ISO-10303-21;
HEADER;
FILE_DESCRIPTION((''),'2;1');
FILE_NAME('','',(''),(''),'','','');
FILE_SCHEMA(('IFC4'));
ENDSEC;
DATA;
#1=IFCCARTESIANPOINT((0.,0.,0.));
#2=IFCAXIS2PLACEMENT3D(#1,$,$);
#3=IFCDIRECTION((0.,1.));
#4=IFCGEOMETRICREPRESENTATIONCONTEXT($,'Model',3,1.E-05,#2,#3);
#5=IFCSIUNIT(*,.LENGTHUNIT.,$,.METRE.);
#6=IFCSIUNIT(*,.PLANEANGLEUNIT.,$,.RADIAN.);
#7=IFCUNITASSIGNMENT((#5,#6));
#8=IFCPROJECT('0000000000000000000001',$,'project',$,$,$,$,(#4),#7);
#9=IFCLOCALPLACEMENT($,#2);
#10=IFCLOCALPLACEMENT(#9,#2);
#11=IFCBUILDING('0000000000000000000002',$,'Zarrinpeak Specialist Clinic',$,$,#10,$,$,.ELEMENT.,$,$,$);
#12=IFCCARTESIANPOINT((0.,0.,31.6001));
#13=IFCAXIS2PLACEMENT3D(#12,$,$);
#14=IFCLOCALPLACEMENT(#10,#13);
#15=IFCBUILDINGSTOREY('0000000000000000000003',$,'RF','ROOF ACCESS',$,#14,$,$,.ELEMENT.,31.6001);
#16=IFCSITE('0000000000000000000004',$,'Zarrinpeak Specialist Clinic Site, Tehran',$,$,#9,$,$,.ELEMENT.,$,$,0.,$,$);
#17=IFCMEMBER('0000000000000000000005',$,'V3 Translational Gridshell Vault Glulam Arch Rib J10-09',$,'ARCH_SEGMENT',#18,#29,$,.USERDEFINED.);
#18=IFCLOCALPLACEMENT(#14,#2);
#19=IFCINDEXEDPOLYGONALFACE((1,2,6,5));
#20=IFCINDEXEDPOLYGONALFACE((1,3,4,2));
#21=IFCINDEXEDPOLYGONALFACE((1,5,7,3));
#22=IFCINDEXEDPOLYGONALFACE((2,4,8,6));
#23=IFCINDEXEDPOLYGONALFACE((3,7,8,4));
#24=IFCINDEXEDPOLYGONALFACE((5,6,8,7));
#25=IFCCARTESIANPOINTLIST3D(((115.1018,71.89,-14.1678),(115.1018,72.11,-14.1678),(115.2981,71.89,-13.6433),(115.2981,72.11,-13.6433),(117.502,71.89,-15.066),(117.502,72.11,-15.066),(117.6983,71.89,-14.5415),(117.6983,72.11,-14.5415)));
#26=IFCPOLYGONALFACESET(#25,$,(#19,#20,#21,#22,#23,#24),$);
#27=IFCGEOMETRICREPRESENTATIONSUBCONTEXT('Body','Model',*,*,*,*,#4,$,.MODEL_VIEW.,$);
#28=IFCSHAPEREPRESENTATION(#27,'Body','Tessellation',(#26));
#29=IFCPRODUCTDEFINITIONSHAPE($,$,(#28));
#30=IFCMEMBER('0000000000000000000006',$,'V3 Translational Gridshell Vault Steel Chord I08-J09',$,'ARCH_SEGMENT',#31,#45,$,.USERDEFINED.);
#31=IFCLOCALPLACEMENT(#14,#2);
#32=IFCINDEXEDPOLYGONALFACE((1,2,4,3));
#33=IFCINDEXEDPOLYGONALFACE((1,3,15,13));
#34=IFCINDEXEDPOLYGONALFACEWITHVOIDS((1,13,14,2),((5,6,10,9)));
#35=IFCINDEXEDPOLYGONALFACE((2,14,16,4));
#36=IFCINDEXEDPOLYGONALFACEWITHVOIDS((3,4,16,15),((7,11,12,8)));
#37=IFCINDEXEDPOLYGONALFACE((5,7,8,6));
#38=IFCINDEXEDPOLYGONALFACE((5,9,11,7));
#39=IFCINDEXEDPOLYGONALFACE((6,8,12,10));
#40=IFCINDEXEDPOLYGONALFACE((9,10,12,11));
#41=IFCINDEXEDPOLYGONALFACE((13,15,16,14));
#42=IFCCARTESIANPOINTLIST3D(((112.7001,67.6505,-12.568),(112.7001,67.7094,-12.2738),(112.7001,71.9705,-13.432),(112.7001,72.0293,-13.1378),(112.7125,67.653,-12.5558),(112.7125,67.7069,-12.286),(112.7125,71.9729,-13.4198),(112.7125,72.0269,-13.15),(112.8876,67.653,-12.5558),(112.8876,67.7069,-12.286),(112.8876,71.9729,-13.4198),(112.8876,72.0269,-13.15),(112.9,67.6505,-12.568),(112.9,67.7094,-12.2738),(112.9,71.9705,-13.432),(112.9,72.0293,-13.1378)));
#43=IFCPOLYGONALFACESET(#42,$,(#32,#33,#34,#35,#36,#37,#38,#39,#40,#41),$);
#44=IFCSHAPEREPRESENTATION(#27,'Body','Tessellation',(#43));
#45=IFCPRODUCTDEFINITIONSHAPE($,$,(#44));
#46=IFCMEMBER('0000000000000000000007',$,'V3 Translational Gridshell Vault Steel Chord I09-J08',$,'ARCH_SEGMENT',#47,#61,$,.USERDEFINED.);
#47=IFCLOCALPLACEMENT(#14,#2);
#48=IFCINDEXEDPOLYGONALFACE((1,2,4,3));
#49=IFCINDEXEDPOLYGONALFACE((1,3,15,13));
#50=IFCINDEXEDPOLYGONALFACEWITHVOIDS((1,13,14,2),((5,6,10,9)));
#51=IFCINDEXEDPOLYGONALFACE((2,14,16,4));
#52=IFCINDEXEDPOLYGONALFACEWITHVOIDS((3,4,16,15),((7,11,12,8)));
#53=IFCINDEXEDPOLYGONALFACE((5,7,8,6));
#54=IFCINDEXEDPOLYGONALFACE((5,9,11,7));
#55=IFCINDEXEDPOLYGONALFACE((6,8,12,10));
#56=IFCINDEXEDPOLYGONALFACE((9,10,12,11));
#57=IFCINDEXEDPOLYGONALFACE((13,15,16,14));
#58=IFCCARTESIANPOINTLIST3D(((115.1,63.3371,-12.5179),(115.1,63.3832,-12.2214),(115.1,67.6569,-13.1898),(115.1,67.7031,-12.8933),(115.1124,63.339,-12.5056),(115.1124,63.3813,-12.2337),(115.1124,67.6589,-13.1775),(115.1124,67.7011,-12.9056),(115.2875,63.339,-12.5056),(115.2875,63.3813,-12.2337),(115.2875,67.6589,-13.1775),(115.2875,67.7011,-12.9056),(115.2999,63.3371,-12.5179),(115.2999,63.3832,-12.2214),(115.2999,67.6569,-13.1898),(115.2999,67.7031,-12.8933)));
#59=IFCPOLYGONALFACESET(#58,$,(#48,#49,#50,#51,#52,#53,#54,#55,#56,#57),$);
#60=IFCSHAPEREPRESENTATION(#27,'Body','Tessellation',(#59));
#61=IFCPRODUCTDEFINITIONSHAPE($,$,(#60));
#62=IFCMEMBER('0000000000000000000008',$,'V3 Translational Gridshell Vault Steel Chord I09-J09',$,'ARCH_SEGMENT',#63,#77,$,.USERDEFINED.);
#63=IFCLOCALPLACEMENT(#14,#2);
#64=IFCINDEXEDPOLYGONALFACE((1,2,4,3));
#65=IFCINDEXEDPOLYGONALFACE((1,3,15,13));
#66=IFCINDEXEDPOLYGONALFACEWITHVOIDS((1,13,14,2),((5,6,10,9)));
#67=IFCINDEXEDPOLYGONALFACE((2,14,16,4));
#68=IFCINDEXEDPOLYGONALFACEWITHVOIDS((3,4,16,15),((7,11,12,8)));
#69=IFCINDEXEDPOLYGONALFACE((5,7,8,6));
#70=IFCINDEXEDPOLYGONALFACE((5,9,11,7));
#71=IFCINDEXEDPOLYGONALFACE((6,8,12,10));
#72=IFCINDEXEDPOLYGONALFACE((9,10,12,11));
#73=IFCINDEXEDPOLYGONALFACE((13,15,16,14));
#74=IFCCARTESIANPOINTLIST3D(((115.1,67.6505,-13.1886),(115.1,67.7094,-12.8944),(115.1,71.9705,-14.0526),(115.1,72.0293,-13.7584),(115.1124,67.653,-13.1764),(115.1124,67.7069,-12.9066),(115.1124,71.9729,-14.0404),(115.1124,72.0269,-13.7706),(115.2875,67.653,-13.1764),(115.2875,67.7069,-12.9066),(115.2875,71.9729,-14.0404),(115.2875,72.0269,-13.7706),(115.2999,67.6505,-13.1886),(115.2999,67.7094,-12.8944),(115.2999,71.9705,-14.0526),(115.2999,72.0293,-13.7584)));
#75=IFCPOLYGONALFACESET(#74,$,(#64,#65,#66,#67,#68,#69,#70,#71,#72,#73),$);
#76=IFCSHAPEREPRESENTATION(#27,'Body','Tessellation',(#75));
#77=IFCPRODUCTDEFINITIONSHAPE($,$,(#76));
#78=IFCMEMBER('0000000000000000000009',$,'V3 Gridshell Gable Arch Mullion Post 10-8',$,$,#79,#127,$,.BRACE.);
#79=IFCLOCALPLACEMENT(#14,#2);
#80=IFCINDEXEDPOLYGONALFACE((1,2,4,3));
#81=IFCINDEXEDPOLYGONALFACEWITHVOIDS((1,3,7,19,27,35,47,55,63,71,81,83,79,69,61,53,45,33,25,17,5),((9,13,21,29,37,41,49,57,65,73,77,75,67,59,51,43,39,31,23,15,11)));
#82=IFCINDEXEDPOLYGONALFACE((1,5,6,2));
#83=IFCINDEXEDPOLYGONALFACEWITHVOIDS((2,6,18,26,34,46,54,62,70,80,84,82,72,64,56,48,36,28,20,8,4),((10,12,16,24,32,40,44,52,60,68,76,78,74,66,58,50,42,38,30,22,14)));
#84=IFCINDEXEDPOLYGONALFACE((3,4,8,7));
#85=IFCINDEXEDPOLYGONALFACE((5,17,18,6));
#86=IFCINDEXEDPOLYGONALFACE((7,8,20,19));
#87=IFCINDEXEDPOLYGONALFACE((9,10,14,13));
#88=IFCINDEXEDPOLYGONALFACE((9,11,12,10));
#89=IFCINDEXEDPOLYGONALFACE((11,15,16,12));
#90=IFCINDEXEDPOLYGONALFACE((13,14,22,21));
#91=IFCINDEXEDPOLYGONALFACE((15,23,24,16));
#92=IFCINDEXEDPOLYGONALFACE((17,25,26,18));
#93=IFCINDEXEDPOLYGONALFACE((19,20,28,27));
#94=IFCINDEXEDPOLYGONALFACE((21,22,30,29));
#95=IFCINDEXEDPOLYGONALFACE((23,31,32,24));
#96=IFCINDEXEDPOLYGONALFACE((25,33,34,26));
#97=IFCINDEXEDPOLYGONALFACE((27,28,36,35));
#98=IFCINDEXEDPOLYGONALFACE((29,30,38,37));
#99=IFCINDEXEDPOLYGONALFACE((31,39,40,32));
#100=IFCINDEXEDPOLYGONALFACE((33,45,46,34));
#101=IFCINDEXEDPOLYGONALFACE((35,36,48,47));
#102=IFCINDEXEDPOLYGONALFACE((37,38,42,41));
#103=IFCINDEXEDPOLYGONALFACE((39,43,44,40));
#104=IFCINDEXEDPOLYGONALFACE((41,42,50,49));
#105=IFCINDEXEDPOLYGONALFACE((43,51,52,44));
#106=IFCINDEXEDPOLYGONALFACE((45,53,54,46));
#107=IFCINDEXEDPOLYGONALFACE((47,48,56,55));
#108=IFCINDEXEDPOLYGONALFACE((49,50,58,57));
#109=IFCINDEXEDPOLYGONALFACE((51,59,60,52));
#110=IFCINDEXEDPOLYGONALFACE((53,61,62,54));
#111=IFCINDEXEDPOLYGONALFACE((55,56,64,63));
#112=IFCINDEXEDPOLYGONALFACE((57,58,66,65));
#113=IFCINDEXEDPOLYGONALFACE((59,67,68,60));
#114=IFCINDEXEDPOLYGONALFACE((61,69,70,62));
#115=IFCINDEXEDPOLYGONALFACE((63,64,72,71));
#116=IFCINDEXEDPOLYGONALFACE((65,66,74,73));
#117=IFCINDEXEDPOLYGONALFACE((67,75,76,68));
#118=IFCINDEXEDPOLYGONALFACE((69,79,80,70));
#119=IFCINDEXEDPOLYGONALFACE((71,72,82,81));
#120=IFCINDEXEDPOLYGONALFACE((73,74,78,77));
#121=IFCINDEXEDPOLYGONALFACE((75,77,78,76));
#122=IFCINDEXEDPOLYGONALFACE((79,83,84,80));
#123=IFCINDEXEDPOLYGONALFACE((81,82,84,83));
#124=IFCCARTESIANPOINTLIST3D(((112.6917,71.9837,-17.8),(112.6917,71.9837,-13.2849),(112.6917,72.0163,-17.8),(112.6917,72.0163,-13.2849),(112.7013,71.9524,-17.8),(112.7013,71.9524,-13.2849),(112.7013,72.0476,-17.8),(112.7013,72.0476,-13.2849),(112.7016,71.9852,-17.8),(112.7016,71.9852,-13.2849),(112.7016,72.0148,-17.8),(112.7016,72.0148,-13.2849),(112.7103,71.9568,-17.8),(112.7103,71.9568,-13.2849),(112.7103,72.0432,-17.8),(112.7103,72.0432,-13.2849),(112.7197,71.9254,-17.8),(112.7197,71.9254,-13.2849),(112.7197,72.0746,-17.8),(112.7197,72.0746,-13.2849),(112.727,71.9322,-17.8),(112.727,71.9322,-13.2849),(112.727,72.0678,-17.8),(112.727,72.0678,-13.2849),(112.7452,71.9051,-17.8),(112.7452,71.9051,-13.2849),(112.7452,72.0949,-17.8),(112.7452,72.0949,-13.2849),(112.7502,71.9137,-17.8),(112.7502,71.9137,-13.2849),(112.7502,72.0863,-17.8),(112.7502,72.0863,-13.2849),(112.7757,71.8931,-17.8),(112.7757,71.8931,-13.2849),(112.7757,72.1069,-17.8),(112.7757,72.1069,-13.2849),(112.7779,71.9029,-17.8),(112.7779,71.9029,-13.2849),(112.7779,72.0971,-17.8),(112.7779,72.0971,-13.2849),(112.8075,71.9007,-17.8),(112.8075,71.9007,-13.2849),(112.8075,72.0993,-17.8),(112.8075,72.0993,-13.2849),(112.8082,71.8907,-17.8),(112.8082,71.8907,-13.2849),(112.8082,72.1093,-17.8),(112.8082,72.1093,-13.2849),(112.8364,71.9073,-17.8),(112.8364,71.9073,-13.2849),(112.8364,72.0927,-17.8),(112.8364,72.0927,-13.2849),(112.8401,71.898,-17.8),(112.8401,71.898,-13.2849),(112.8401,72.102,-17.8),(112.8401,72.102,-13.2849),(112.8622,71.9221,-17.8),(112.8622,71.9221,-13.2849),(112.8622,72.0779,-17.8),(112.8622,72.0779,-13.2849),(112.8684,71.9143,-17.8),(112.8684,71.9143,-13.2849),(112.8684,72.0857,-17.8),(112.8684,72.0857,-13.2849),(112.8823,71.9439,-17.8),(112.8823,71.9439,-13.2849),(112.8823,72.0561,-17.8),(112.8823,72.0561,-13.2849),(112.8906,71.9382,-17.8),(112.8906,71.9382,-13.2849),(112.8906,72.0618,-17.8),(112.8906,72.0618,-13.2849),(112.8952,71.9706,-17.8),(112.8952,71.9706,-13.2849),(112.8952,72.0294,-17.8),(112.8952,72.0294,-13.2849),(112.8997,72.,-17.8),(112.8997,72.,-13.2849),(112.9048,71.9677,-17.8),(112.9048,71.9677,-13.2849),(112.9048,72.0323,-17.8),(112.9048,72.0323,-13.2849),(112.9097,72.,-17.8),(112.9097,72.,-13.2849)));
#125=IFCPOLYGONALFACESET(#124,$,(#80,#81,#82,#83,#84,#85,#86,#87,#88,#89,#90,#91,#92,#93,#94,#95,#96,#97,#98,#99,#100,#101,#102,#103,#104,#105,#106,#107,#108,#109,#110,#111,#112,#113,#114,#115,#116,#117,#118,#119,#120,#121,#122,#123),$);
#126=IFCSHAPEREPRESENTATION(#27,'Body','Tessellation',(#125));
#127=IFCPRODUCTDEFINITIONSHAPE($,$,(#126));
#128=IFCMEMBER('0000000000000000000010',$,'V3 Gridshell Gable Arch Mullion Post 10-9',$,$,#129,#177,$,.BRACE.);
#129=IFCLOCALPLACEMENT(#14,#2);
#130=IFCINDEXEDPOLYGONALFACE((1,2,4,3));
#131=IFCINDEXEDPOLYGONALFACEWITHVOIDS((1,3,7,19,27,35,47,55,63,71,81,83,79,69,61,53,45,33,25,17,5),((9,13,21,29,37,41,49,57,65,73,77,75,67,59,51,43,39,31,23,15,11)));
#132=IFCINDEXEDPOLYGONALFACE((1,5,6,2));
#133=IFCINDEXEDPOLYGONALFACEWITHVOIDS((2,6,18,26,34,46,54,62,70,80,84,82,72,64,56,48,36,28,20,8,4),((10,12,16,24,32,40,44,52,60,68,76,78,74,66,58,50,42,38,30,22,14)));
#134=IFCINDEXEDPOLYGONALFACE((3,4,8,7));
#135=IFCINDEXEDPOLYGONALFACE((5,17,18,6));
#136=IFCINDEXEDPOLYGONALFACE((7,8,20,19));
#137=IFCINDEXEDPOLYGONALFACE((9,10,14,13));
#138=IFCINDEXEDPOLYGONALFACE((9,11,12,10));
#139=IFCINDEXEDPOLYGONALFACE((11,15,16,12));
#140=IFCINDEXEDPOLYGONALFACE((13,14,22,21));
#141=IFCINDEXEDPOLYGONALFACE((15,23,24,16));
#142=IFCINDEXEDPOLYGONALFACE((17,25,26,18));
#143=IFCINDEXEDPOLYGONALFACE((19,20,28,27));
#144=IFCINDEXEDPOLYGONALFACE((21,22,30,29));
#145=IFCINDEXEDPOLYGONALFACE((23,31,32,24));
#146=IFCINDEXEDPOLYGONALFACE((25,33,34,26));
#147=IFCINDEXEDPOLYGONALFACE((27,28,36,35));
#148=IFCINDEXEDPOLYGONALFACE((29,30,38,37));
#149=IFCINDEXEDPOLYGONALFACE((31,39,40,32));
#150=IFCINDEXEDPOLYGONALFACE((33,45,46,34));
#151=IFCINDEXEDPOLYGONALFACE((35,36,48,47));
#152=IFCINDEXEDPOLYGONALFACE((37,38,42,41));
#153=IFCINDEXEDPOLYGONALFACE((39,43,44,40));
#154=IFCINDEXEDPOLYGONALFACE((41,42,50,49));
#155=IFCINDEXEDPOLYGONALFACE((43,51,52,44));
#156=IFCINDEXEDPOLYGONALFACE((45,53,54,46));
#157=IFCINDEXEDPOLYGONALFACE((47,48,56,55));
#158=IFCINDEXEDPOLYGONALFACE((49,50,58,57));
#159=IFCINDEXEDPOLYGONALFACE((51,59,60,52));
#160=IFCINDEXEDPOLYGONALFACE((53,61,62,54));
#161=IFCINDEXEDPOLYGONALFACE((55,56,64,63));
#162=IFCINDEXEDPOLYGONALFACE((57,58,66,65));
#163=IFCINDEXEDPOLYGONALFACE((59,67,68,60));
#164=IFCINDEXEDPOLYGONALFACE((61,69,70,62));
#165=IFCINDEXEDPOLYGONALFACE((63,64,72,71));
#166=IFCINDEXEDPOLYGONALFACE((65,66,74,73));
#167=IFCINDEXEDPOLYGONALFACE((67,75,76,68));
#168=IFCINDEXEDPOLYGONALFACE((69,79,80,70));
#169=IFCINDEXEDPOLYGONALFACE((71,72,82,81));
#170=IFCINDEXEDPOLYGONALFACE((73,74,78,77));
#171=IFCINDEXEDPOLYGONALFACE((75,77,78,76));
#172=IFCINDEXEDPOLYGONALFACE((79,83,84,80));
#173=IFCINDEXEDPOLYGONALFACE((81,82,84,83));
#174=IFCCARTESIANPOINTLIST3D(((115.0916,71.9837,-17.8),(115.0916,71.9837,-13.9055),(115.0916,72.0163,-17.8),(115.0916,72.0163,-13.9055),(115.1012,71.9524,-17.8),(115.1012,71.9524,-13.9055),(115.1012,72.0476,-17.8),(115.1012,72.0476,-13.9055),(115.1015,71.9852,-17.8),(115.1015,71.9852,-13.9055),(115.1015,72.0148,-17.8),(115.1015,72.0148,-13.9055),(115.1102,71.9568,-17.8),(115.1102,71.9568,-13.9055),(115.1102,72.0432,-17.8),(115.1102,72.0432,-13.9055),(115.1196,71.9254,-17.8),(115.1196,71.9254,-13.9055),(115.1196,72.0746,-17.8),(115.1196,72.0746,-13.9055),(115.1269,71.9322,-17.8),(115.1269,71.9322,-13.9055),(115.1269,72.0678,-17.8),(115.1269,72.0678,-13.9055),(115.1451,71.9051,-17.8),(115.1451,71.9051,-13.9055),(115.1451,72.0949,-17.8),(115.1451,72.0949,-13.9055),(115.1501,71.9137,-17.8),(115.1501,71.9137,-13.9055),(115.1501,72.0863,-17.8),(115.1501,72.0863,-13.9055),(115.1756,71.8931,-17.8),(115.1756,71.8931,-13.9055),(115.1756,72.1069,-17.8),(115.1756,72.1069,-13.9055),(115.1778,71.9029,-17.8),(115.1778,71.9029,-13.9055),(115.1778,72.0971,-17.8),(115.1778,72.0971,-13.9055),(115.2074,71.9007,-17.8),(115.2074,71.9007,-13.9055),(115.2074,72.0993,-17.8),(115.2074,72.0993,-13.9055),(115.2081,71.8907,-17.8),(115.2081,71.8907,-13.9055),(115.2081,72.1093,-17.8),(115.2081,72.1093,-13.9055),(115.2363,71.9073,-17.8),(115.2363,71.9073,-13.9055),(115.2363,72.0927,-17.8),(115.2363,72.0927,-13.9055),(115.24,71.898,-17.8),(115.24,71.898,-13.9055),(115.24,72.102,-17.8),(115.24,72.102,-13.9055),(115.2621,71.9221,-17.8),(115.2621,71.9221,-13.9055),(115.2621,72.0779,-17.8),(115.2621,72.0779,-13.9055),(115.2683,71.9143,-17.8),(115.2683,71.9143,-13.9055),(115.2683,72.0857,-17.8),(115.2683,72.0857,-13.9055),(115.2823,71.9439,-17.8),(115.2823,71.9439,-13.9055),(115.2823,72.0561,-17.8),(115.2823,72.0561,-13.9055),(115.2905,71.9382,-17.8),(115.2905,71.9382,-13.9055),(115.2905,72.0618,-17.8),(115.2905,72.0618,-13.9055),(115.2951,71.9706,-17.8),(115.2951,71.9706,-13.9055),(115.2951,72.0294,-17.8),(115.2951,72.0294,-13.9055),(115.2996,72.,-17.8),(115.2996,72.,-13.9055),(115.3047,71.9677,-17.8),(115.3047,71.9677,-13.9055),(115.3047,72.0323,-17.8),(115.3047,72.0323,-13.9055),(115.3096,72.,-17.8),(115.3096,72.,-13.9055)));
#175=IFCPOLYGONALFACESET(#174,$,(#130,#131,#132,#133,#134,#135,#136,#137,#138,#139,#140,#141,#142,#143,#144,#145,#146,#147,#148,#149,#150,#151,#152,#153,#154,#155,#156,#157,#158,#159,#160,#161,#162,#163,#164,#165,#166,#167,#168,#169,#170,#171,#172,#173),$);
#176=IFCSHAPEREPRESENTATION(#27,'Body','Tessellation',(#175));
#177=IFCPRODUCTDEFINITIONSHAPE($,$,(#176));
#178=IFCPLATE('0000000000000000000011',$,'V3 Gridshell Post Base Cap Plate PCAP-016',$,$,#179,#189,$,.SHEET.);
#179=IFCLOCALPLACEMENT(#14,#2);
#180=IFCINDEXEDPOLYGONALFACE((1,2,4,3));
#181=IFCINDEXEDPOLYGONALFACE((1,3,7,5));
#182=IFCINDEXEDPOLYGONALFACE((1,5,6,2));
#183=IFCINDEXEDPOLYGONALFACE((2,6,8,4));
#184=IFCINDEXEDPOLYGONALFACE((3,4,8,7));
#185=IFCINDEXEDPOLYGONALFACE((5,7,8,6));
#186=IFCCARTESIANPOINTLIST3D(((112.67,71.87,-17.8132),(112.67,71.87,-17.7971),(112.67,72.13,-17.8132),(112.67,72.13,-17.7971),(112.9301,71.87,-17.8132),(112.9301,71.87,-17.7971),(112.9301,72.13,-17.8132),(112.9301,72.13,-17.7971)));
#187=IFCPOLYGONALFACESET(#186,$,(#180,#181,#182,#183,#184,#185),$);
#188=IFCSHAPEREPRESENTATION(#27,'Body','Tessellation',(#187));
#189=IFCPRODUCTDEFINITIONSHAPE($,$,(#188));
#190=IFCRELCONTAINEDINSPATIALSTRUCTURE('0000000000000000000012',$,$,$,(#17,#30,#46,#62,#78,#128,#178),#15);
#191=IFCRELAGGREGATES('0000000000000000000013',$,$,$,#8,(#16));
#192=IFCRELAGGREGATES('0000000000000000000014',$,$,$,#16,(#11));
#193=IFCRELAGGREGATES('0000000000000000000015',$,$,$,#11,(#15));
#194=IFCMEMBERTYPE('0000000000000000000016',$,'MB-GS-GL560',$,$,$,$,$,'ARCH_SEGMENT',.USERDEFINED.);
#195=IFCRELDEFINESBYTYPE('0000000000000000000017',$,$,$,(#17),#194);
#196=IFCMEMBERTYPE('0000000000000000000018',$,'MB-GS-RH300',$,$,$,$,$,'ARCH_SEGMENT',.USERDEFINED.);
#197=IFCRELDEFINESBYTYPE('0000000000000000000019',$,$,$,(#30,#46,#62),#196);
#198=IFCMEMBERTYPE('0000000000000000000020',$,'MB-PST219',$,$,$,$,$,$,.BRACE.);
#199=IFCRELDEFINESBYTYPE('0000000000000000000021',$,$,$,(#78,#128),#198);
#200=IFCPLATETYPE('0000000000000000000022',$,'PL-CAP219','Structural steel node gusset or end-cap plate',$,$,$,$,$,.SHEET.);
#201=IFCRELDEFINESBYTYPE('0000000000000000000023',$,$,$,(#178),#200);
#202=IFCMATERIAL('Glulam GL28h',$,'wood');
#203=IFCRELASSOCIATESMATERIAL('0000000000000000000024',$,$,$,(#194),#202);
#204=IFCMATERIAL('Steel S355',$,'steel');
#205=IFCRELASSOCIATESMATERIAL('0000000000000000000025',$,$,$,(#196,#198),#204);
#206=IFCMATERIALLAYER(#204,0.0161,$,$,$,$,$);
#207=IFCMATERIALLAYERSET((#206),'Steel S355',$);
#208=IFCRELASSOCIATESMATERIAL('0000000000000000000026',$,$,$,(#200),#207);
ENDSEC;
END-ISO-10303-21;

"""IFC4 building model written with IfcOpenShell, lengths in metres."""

from ifc_helpers import new_model, si_unit, direction, frame, origin, origin_2d, place, context, subcontext, project, spatial, rectangle, hollow_rectangle, hollow_circle, extrude, material, layer, layer_set, material_profile, profile_set, type_object, element, save


model = new_model("IFC4")

# Units and contexts
model_context = context("Model", 3, precision=1e-05, world=origin(), true_north=direction((0.0, 1.0)))
body_context = subcontext(model_context, "Body", "Model", "MODEL_VIEW")
ifc_project = project(units=[si_unit("LENGTHUNIT", "METRE"), si_unit("PLANEANGLEUNIT", "RADIAN")], contexts=[model_context])

# Site, building, storey
site_placement = place(None, origin())
site = spatial("IfcSite", under=ifc_project, at=site_placement, Name="Zarrinpeak Specialist Clinic Site, Tehran", CompositionType="ELEMENT", RefElevation=0.0)
building_placement = place(site_placement, origin())
building = spatial("IfcBuilding", under=site, at=building_placement, Name="Zarrinpeak Specialist Clinic", CompositionType="ELEMENT")
storey_placement = place(building_placement, frame((0.0, 0.0, 31.6001)))
storey = spatial("IfcBuildingStorey", under=building, at=storey_placement, Name="RF", Description="ROOF ACCESS", CompositionType="ELEMENT", Elevation=31.6001)

# Members
ifc_material_1 = material(Name="Steel S355", Category="steel")
ifc_material_2 = material(Name="Glulam GL28h", Category="wood")
ifc_material_profile_1 = material_profile(ifc_material_2, rectangle(XDim=0.22, YDim=0.5601, at=origin_2d()), Name="GL28h 220x560")
ifc_profile_set_1 = profile_set([ifc_material_profile_1], Name="Glulam GL28h")
member_type_1 = type_object("IfcMemberType", Name="MB-GS-GL560", ElementType="ARCH_SEGMENT", PredefinedType="USERDEFINED", material=ifc_profile_set_1)
member_1_placement = place(storey_placement, frame((115.2, 72.0, -13.9055), z_axis=(0.936568, 0.0, -0.350487), x_axis=(0.0, 1.0, 0.0)))
element("IfcMember", 1, at=member_1_placement, inside=storey, type_object=member_type_1, Name="V3 Translational Gridshell Vault Glulam Arch Rib J10-09", ObjectType="ARCH_SEGMENT", PredefinedType="USERDEFINED", context=body_context, shape_type="SweptSolid", body=[
    extrude(rectangle(XDim=0.22, YDim=0.5601, at=origin_2d()), origin(), (0.0, 0.0, 1.0), 2.5627),
])
ifc_material_profile_2 = material_profile(ifc_material_1, hollow_rectangle(XDim=0.2, YDim=0.3, WallThickness=0.0125, at=origin_2d()), Name="RHS 300x200x12.5")
ifc_profile_set_2 = profile_set([ifc_material_profile_2], Name="Steel S355")
member_type_2 = type_object("IfcMemberType", Name="MB-GS-RH300", ElementType="ARCH_SEGMENT", PredefinedType="USERDEFINED", material=ifc_profile_set_2)
member_2_placement = place(storey_placement, frame((112.8, 67.6799, -12.4209), z_axis=(0.0, 0.980581, -0.196116), x_axis=(-1.0, 0.0, 0.0)))
element("IfcMember", 2, at=member_2_placement, inside=storey, type_object=member_type_2, Name="V3 Translational Gridshell Vault Steel Chord I08-J09", ObjectType="ARCH_SEGMENT", PredefinedType="USERDEFINED", context=body_context, shape_type="SweptSolid", body=[
    extrude(hollow_rectangle(XDim=0.2, YDim=0.3, WallThickness=0.0125, at=origin_2d()), origin(), (0.0, 0.0, 1.0), 4.4055),
])
member_3_placement = place(storey_placement, frame((115.2, 63.3601, -12.3696), z_axis=(0.0, 0.98812, -0.153685), x_axis=(-1.0, 0.0, 0.0)))
element("IfcMember", 3, at=member_3_placement, inside=storey, type_object=member_type_2, Name="V3 Translational Gridshell Vault Steel Chord I09-J08", ObjectType="ARCH_SEGMENT", PredefinedType="USERDEFINED", context=body_context, shape_type="SweptSolid", body=[
    extrude(hollow_rectangle(XDim=0.2, YDim=0.3, WallThickness=0.0125, at=origin_2d()), origin(), (0.0, 0.0, 1.0), 4.3718),
])
member_4_placement = place(storey_placement, frame((115.2, 67.6799, -13.0415), z_axis=(0.0, 0.980581, -0.196116), x_axis=(-1.0, 0.0, 0.0)))
element("IfcMember", 4, at=member_4_placement, inside=storey, type_object=member_type_2, Name="V3 Translational Gridshell Vault Steel Chord I09-J09", ObjectType="ARCH_SEGMENT", PredefinedType="USERDEFINED", context=body_context, shape_type="SweptSolid", body=[
    extrude(hollow_rectangle(XDim=0.2, YDim=0.3, WallThickness=0.0125, at=origin_2d()), origin(), (0.0, 0.0, 1.0), 4.4055),
])
ifc_material_profile_3 = material_profile(ifc_material_1, hollow_circle(Radius=0.1096, WallThickness=0.01, at=origin_2d()), Name="CHS 219.1x10.0")
ifc_profile_set_3 = profile_set([ifc_material_profile_3], Name="Steel S355")
member_type_3 = type_object("IfcMemberType", Name="MB-PST219", PredefinedType="BRACE", material=ifc_profile_set_3)
member_5_placement = place(storey_placement, frame((112.8, 72.0, -17.8), z_axis=(0.0, 0.0, 1.0), x_axis=(1.0, 0.0, 0.0)))
element("IfcMember", 5, at=member_5_placement, inside=storey, type_object=member_type_3, Name="V3 Gridshell Gable Arch Mullion Post 10-8", PredefinedType="BRACE", context=body_context, shape_type="SweptSolid", body=[
    extrude(hollow_circle(Radius=0.1096, WallThickness=0.01, at=origin_2d()), origin(), (0.0, 0.0, 1.0), 4.5151),
])
member_6_placement = place(storey_placement, frame((115.2, 72.0, -17.8), z_axis=(0.0, 0.0, 1.0), x_axis=(1.0, 0.0, 0.0)))
element("IfcMember", 6, at=member_6_placement, inside=storey, type_object=member_type_3, Name="V3 Gridshell Gable Arch Mullion Post 10-9", PredefinedType="BRACE", context=body_context, shape_type="SweptSolid", body=[
    extrude(hollow_circle(Radius=0.1096, WallThickness=0.01, at=origin_2d()), origin(), (0.0, 0.0, 1.0), 3.8945),
])

# Plate
ifc_layer_1 = layer(ifc_material_1, 0.0161)
ifc_layer_set_1 = layer_set([ifc_layer_1], Name="Steel S355")
plate_type_1 = type_object("IfcPlateType", Name="PL-CAP219", Description="Structural steel node gusset or end-cap plate", PredefinedType="SHEET", material=ifc_layer_set_1)
for number, where, z_axis, x_axis, name in (
    (7, (112.8, 72.0, -17.8132), (0.0, 0.0, 1.0), (1.0, 0.0, 0.0), "V3 Gridshell Post Base Cap Plate PCAP-016"),
):
    element("IfcPlate", number, at=place(storey_placement, frame(where, z_axis=z_axis, x_axis=x_axis)), inside=storey, type_object=plate_type_1, Name=name, PredefinedType="SHEET", context=body_context, shape_type="SweptSolid", body=[
        extrude(rectangle(XDim=0.26, YDim=0.26, at=origin_2d()), origin(), (0.0, 0.0, 1.0), 0.0161),
    ])

save(model, "model.ifc")
